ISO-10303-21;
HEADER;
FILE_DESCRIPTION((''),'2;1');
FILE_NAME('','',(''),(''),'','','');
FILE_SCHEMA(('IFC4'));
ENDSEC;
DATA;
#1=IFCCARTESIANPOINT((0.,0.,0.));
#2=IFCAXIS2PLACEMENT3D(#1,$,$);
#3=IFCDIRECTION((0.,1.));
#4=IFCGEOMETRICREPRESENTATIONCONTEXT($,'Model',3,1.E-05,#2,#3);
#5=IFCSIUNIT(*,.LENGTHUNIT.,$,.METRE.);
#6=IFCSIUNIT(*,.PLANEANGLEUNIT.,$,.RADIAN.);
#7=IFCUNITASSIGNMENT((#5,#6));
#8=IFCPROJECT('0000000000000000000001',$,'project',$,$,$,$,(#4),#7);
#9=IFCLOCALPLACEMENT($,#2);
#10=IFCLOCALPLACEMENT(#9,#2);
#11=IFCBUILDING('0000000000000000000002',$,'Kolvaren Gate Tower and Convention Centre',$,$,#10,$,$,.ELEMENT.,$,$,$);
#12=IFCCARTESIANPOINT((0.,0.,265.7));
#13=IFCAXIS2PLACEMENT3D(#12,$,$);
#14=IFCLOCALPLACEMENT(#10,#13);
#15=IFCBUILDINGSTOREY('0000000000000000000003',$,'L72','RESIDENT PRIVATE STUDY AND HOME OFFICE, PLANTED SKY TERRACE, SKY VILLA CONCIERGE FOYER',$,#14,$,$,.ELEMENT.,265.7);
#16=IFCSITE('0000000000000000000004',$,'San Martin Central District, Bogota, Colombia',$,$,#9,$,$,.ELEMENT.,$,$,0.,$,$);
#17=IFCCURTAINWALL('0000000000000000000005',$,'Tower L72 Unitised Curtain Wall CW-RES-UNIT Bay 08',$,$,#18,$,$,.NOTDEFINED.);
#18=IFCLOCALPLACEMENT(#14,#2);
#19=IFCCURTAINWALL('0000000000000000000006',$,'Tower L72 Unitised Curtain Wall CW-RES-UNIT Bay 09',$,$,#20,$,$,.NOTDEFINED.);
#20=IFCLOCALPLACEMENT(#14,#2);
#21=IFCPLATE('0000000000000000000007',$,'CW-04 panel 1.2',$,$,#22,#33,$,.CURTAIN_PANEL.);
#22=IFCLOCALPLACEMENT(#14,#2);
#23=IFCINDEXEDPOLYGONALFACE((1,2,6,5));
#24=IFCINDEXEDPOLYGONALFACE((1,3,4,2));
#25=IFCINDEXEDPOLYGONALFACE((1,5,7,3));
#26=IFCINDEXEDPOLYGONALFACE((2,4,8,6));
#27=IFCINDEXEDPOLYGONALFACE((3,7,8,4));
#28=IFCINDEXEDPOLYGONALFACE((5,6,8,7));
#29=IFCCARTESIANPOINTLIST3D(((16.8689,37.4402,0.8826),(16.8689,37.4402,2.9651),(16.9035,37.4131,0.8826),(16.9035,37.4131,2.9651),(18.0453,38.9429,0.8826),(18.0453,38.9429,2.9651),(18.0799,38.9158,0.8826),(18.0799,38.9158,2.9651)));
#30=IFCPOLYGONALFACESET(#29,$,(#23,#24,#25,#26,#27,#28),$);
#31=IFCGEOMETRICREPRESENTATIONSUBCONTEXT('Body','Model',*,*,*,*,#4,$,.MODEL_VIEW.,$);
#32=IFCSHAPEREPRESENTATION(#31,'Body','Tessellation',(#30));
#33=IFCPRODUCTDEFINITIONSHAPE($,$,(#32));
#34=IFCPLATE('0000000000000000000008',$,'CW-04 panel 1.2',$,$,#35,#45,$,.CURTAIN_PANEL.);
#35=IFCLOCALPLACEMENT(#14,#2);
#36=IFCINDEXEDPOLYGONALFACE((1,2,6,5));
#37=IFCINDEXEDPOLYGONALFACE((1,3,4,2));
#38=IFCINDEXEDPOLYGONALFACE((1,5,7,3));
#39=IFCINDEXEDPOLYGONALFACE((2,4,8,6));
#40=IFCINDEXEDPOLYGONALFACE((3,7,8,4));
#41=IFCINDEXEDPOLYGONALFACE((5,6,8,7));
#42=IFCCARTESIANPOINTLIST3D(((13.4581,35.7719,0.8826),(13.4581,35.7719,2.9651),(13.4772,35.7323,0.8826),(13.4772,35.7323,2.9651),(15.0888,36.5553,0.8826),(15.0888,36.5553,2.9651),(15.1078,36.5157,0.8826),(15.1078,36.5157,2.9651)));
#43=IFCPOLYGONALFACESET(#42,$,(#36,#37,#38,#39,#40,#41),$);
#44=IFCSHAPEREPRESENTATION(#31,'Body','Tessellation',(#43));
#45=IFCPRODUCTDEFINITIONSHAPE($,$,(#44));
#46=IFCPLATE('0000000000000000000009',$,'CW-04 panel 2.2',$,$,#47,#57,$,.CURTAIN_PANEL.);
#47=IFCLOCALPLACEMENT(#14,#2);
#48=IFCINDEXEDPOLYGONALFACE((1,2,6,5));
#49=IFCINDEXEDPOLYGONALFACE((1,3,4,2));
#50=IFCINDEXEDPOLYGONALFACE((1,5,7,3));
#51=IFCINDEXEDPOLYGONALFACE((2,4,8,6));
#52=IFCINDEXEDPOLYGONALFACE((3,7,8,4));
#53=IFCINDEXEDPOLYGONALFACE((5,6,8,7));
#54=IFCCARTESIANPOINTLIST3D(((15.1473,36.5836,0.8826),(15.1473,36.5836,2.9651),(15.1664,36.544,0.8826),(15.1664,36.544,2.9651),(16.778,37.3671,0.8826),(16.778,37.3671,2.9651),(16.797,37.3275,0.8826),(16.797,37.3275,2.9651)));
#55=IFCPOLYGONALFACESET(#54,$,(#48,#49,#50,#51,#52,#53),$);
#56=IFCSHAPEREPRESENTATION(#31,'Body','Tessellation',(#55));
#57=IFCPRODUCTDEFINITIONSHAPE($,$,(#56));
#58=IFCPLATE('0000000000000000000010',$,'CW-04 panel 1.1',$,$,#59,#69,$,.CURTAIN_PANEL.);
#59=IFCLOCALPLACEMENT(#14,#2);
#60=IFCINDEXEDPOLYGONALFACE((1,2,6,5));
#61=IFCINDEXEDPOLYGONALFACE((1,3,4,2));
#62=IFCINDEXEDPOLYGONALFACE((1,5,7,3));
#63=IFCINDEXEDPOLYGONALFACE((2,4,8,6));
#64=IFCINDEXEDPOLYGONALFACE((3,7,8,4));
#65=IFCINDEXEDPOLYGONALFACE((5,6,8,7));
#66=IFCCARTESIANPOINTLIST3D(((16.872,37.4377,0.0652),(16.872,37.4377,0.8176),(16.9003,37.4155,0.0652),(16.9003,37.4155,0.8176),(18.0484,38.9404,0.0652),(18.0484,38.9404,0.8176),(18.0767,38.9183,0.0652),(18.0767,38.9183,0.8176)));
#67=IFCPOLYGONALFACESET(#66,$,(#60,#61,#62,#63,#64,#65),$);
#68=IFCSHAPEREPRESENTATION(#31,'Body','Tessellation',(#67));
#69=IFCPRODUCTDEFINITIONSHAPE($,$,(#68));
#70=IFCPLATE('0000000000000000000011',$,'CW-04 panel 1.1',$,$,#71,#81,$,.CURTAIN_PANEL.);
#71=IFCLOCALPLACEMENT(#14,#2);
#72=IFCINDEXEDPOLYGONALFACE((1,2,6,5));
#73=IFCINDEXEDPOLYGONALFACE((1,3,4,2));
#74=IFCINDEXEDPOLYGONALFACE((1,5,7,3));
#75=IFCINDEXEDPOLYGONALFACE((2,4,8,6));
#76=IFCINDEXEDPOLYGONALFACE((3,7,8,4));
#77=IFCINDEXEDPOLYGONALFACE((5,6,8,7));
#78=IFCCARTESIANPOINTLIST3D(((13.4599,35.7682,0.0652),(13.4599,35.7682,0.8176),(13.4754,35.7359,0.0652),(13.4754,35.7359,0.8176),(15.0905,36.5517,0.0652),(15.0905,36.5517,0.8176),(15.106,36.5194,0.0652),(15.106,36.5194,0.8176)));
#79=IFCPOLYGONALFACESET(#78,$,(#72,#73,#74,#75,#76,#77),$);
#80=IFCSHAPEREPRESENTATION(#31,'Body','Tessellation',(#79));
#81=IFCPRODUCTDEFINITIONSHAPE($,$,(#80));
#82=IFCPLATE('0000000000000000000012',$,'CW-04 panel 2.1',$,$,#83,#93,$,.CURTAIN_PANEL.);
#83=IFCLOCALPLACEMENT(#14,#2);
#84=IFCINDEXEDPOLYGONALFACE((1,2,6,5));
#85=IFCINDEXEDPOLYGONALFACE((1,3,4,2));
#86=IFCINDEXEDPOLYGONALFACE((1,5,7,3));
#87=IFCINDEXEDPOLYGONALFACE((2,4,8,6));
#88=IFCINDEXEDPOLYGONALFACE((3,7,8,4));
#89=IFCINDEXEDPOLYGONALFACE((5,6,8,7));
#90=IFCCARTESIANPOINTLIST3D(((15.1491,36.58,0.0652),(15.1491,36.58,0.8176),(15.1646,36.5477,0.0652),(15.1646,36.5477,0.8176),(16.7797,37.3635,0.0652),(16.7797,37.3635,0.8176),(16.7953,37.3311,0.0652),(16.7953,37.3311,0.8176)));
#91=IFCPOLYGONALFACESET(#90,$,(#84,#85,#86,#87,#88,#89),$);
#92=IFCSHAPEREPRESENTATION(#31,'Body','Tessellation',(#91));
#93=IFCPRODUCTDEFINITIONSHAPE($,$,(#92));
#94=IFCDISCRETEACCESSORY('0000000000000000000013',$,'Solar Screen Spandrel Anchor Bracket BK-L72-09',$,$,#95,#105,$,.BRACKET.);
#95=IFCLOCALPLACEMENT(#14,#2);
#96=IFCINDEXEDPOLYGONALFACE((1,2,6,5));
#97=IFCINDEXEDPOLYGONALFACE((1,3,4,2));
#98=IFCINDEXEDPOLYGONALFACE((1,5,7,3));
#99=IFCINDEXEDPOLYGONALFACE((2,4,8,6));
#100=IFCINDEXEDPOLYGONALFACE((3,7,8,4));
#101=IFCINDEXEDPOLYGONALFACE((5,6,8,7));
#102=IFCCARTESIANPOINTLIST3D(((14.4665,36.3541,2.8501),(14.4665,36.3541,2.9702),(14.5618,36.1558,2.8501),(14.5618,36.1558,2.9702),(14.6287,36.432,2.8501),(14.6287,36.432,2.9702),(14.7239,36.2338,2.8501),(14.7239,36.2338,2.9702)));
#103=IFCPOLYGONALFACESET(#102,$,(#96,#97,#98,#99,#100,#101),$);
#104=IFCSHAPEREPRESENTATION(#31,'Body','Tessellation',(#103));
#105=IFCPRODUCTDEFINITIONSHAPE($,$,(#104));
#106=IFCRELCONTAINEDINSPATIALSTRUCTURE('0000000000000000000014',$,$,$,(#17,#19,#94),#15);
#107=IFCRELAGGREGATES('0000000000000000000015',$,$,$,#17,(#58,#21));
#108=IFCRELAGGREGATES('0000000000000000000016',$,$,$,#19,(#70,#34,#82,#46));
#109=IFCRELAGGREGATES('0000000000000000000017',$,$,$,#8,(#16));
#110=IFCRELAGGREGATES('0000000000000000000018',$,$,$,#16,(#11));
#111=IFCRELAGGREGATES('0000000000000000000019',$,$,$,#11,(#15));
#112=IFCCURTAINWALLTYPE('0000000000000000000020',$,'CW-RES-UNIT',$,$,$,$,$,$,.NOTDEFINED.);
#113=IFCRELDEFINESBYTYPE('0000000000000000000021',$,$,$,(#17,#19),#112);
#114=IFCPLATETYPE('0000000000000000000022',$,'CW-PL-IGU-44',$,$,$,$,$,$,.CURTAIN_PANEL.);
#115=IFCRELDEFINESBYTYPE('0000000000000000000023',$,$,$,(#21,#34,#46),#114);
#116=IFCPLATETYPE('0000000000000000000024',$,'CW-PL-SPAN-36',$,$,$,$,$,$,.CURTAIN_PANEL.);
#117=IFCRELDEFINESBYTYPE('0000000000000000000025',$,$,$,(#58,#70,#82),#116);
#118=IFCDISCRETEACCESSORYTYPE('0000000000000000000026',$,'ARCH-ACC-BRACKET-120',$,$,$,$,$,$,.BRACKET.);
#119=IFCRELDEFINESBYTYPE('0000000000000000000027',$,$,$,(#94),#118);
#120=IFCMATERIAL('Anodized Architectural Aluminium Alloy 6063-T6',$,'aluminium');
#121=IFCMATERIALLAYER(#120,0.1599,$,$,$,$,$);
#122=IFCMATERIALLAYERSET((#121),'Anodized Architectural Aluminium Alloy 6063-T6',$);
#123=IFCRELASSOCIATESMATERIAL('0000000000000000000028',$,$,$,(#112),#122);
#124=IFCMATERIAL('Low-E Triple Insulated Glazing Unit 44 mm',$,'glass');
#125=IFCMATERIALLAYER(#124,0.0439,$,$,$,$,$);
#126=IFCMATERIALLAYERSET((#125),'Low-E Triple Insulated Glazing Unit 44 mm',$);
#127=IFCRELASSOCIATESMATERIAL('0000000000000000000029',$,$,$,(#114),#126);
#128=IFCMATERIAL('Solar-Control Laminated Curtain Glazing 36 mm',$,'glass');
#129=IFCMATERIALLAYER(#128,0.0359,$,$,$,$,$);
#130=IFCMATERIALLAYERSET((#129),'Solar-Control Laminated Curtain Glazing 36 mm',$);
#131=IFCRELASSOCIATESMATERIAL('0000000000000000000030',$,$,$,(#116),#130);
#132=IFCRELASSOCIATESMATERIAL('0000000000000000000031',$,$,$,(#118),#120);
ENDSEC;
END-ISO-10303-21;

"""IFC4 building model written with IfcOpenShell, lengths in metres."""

from ifc_helpers import new_model, si_unit, direction, frame, origin, origin_2d, place, context, subcontext, project, spatial, rectangle, extrude, material, layer, layer_set, type_object, element, aggregate, save


model = new_model("IFC4")

# Units and contexts
model_context = context("Model", 3, precision=1e-05, world=origin(), true_north=direction((0.0, 1.0)))
body_context = subcontext(model_context, "Body", "Model", "MODEL_VIEW")
ifc_project = project(units=[si_unit("LENGTHUNIT", "METRE"), si_unit("PLANEANGLEUNIT", "RADIAN")], contexts=[model_context])

# Site, building, storey
site_placement = place(None, origin())
site = spatial("IfcSite", under=ifc_project, at=site_placement, Name="San Martin Central District, Bogota, Colombia", CompositionType="ELEMENT", RefElevation=0.0)
building_placement = place(site_placement, origin())
building = spatial("IfcBuilding", under=site, at=building_placement, Name="Kolvaren Gate Tower and Convention Centre", CompositionType="ELEMENT")
storey_placement = place(building_placement, frame((0.0, 0.0, 265.7)))
storey = spatial("IfcBuildingStorey", under=building, at=storey_placement, Name="L72", Description="RESIDENT PRIVATE STUDY AND HOME OFFICE, PLANTED SKY TERRACE, SKY VILLA CONCIERGE FOYER", CompositionType="ELEMENT", Elevation=265.7)

# Curtain wall
ifc_material_1 = material(Name="Anodized Architectural Aluminium Alloy 6063-T6", Category="aluminium")
ifc_layer_1 = layer(ifc_material_1, 0.1599)
ifc_layer_set_1 = layer_set([ifc_layer_1], Name="Anodized Architectural Aluminium Alloy 6063-T6")
curtain_wall_type = type_object("IfcCurtainWallType", Name="CW-RES-UNIT", PredefinedType="NOTDEFINED", material=ifc_layer_set_1)
curtain_wall_1_placement = place(storey_placement, origin())
curtain_wall_1 = element("IfcCurtainWall", 1, at=curtain_wall_1_placement, inside=storey, type_object=curtain_wall_type, Name="Tower L72 Unitised Curtain Wall CW-RES-UNIT Bay 08", PredefinedType="NOTDEFINED")

# Curtain wall
curtain_wall_2_placement = place(storey_placement, origin())
curtain_wall_2 = element("IfcCurtainWall", 2, at=curtain_wall_2_placement, inside=storey, type_object=curtain_wall_type, Name="Tower L72 Unitised Curtain Wall CW-RES-UNIT Bay 09", PredefinedType="NOTDEFINED")

# Plates
ifc_material_2 = material(Name="Low-E Triple Insulated Glazing Unit 44 mm", Category="glass")
ifc_layer_2 = layer(ifc_material_2, 0.0439)
ifc_layer_set_2 = layer_set([ifc_layer_2], Name="Low-E Triple Insulated Glazing Unit 44 mm")
plate_type_1 = type_object("IfcPlateType", Name="CW-PL-IGU-44", PredefinedType="CURTAIN_PANEL", material=ifc_layer_set_2)
plate_1_placement = place(storey_placement, frame((17.4744, 38.178, 0.8826), z_axis=(0.0, 0.0, 1.0), x_axis=(0.616426, 0.787413, 0.0)))
plate_1 = element("IfcPlate", 3, at=plate_1_placement, type_object=plate_type_1, Name="CW-04 panel 1.2", PredefinedType="CURTAIN_PANEL", context=body_context, shape_type="SweptSolid", body=[
    extrude(rectangle(XDim=1.9084, YDim=0.0439, at=origin_2d()), origin(), (0.0, 0.0, 1.0), 2.0825),
])
plate_2_placement = place(storey_placement, frame((14.283, 36.1438, 0.8826), z_axis=(0.0, 0.0, 1.0), x_axis=(0.90136, 0.43307, 0.0)))
plate_2 = element("IfcPlate", 4, at=plate_2_placement, type_object=plate_type_1, Name="CW-04 panel 1.2", PredefinedType="CURTAIN_PANEL", context=body_context, shape_type="SweptSolid", body=[
    extrude(rectangle(XDim=1.8091, YDim=0.0439, at=origin_2d()), origin(), (0.0, 0.0, 1.0), 2.0825),
])
plate_3_placement = place(storey_placement, frame((15.9722, 36.9556, 0.8826), z_axis=(0.0, 0.0, 1.0), x_axis=(0.90136, 0.43307, 0.0)))
plate_3 = element("IfcPlate", 5, at=plate_3_placement, type_object=plate_type_1, Name="CW-04 panel 2.2", PredefinedType="CURTAIN_PANEL", context=body_context, shape_type="SweptSolid", body=[
    extrude(rectangle(XDim=1.8091, YDim=0.0439, at=origin_2d()), origin(), (0.0, 0.0, 1.0), 2.0825),
])
ifc_material_3 = material(Name="Solar-Control Laminated Curtain Glazing 36 mm", Category="glass")
ifc_layer_3 = layer(ifc_material_3, 0.0359)
ifc_layer_set_3 = layer_set([ifc_layer_3], Name="Solar-Control Laminated Curtain Glazing 36 mm")
plate_type_2 = type_object("IfcPlateType", Name="CW-PL-SPAN-36", PredefinedType="CURTAIN_PANEL", material=ifc_layer_set_3)
plate_4_placement = place(storey_placement, frame((17.4744, 38.178, 0.0652), z_axis=(0.0, 0.0, 1.0), x_axis=(0.616426, 0.787413, 0.0)))
plate_4 = element("IfcPlate", 6, at=plate_4_placement, type_object=plate_type_2, Name="CW-04 panel 1.1", PredefinedType="CURTAIN_PANEL", context=body_context, shape_type="SweptSolid", body=[
    extrude(rectangle(XDim=1.9084, YDim=0.0359, at=origin_2d()), origin(), (0.0, 0.0, 1.0), 0.7524),
])
aggregate(curtain_wall_1, [plate_4, plate_1])
plate_5_placement = place(storey_placement, frame((14.283, 36.1438, 0.0652), z_axis=(0.0, 0.0, 1.0), x_axis=(0.90136, 0.43307, 0.0)))
plate_5 = element("IfcPlate", 7, at=plate_5_placement, type_object=plate_type_2, Name="CW-04 panel 1.1", PredefinedType="CURTAIN_PANEL", context=body_context, shape_type="SweptSolid", body=[
    extrude(rectangle(XDim=1.8091, YDim=0.0359, at=origin_2d()), origin(), (0.0, 0.0, 1.0), 0.7524),
])
plate_6_placement = place(storey_placement, frame((15.9722, 36.9556, 0.0652), z_axis=(0.0, 0.0, 1.0), x_axis=(0.90136, 0.43307, 0.0)))
plate_6 = element("IfcPlate", 8, at=plate_6_placement, type_object=plate_type_2, Name="CW-04 panel 2.1", PredefinedType="CURTAIN_PANEL", context=body_context, shape_type="SweptSolid", body=[
    extrude(rectangle(XDim=1.8091, YDim=0.0359, at=origin_2d()), origin(), (0.0, 0.0, 1.0), 0.7524),
])
aggregate(curtain_wall_2, [plate_5, plate_2, plate_6, plate_3])

# Discrete accessory
discrete_accessory_type = type_object("IfcDiscreteAccessoryType", Name="ARCH-ACC-BRACKET-120", PredefinedType="BRACKET", material=ifc_material_1)
discrete_accessory_placement = place(storey_placement, frame((14.5952, 36.2939, 2.8501), z_axis=(0.0, 0.0, 1.0), x_axis=(0.901356, 0.433079, 0.0)))
element("IfcDiscreteAccessory", 9, at=discrete_accessory_placement, inside=storey, type_object=discrete_accessory_type, Name="Solar Screen Spandrel Anchor Bracket BK-L72-09", PredefinedType="BRACKET", context=body_context, shape_type="SweptSolid", body=[
    extrude(rectangle(XDim=0.1799, YDim=0.22, at=origin_2d()), origin(), (0.0, 0.0, 1.0), 0.1201),
])

save(model, "model.ifc")
